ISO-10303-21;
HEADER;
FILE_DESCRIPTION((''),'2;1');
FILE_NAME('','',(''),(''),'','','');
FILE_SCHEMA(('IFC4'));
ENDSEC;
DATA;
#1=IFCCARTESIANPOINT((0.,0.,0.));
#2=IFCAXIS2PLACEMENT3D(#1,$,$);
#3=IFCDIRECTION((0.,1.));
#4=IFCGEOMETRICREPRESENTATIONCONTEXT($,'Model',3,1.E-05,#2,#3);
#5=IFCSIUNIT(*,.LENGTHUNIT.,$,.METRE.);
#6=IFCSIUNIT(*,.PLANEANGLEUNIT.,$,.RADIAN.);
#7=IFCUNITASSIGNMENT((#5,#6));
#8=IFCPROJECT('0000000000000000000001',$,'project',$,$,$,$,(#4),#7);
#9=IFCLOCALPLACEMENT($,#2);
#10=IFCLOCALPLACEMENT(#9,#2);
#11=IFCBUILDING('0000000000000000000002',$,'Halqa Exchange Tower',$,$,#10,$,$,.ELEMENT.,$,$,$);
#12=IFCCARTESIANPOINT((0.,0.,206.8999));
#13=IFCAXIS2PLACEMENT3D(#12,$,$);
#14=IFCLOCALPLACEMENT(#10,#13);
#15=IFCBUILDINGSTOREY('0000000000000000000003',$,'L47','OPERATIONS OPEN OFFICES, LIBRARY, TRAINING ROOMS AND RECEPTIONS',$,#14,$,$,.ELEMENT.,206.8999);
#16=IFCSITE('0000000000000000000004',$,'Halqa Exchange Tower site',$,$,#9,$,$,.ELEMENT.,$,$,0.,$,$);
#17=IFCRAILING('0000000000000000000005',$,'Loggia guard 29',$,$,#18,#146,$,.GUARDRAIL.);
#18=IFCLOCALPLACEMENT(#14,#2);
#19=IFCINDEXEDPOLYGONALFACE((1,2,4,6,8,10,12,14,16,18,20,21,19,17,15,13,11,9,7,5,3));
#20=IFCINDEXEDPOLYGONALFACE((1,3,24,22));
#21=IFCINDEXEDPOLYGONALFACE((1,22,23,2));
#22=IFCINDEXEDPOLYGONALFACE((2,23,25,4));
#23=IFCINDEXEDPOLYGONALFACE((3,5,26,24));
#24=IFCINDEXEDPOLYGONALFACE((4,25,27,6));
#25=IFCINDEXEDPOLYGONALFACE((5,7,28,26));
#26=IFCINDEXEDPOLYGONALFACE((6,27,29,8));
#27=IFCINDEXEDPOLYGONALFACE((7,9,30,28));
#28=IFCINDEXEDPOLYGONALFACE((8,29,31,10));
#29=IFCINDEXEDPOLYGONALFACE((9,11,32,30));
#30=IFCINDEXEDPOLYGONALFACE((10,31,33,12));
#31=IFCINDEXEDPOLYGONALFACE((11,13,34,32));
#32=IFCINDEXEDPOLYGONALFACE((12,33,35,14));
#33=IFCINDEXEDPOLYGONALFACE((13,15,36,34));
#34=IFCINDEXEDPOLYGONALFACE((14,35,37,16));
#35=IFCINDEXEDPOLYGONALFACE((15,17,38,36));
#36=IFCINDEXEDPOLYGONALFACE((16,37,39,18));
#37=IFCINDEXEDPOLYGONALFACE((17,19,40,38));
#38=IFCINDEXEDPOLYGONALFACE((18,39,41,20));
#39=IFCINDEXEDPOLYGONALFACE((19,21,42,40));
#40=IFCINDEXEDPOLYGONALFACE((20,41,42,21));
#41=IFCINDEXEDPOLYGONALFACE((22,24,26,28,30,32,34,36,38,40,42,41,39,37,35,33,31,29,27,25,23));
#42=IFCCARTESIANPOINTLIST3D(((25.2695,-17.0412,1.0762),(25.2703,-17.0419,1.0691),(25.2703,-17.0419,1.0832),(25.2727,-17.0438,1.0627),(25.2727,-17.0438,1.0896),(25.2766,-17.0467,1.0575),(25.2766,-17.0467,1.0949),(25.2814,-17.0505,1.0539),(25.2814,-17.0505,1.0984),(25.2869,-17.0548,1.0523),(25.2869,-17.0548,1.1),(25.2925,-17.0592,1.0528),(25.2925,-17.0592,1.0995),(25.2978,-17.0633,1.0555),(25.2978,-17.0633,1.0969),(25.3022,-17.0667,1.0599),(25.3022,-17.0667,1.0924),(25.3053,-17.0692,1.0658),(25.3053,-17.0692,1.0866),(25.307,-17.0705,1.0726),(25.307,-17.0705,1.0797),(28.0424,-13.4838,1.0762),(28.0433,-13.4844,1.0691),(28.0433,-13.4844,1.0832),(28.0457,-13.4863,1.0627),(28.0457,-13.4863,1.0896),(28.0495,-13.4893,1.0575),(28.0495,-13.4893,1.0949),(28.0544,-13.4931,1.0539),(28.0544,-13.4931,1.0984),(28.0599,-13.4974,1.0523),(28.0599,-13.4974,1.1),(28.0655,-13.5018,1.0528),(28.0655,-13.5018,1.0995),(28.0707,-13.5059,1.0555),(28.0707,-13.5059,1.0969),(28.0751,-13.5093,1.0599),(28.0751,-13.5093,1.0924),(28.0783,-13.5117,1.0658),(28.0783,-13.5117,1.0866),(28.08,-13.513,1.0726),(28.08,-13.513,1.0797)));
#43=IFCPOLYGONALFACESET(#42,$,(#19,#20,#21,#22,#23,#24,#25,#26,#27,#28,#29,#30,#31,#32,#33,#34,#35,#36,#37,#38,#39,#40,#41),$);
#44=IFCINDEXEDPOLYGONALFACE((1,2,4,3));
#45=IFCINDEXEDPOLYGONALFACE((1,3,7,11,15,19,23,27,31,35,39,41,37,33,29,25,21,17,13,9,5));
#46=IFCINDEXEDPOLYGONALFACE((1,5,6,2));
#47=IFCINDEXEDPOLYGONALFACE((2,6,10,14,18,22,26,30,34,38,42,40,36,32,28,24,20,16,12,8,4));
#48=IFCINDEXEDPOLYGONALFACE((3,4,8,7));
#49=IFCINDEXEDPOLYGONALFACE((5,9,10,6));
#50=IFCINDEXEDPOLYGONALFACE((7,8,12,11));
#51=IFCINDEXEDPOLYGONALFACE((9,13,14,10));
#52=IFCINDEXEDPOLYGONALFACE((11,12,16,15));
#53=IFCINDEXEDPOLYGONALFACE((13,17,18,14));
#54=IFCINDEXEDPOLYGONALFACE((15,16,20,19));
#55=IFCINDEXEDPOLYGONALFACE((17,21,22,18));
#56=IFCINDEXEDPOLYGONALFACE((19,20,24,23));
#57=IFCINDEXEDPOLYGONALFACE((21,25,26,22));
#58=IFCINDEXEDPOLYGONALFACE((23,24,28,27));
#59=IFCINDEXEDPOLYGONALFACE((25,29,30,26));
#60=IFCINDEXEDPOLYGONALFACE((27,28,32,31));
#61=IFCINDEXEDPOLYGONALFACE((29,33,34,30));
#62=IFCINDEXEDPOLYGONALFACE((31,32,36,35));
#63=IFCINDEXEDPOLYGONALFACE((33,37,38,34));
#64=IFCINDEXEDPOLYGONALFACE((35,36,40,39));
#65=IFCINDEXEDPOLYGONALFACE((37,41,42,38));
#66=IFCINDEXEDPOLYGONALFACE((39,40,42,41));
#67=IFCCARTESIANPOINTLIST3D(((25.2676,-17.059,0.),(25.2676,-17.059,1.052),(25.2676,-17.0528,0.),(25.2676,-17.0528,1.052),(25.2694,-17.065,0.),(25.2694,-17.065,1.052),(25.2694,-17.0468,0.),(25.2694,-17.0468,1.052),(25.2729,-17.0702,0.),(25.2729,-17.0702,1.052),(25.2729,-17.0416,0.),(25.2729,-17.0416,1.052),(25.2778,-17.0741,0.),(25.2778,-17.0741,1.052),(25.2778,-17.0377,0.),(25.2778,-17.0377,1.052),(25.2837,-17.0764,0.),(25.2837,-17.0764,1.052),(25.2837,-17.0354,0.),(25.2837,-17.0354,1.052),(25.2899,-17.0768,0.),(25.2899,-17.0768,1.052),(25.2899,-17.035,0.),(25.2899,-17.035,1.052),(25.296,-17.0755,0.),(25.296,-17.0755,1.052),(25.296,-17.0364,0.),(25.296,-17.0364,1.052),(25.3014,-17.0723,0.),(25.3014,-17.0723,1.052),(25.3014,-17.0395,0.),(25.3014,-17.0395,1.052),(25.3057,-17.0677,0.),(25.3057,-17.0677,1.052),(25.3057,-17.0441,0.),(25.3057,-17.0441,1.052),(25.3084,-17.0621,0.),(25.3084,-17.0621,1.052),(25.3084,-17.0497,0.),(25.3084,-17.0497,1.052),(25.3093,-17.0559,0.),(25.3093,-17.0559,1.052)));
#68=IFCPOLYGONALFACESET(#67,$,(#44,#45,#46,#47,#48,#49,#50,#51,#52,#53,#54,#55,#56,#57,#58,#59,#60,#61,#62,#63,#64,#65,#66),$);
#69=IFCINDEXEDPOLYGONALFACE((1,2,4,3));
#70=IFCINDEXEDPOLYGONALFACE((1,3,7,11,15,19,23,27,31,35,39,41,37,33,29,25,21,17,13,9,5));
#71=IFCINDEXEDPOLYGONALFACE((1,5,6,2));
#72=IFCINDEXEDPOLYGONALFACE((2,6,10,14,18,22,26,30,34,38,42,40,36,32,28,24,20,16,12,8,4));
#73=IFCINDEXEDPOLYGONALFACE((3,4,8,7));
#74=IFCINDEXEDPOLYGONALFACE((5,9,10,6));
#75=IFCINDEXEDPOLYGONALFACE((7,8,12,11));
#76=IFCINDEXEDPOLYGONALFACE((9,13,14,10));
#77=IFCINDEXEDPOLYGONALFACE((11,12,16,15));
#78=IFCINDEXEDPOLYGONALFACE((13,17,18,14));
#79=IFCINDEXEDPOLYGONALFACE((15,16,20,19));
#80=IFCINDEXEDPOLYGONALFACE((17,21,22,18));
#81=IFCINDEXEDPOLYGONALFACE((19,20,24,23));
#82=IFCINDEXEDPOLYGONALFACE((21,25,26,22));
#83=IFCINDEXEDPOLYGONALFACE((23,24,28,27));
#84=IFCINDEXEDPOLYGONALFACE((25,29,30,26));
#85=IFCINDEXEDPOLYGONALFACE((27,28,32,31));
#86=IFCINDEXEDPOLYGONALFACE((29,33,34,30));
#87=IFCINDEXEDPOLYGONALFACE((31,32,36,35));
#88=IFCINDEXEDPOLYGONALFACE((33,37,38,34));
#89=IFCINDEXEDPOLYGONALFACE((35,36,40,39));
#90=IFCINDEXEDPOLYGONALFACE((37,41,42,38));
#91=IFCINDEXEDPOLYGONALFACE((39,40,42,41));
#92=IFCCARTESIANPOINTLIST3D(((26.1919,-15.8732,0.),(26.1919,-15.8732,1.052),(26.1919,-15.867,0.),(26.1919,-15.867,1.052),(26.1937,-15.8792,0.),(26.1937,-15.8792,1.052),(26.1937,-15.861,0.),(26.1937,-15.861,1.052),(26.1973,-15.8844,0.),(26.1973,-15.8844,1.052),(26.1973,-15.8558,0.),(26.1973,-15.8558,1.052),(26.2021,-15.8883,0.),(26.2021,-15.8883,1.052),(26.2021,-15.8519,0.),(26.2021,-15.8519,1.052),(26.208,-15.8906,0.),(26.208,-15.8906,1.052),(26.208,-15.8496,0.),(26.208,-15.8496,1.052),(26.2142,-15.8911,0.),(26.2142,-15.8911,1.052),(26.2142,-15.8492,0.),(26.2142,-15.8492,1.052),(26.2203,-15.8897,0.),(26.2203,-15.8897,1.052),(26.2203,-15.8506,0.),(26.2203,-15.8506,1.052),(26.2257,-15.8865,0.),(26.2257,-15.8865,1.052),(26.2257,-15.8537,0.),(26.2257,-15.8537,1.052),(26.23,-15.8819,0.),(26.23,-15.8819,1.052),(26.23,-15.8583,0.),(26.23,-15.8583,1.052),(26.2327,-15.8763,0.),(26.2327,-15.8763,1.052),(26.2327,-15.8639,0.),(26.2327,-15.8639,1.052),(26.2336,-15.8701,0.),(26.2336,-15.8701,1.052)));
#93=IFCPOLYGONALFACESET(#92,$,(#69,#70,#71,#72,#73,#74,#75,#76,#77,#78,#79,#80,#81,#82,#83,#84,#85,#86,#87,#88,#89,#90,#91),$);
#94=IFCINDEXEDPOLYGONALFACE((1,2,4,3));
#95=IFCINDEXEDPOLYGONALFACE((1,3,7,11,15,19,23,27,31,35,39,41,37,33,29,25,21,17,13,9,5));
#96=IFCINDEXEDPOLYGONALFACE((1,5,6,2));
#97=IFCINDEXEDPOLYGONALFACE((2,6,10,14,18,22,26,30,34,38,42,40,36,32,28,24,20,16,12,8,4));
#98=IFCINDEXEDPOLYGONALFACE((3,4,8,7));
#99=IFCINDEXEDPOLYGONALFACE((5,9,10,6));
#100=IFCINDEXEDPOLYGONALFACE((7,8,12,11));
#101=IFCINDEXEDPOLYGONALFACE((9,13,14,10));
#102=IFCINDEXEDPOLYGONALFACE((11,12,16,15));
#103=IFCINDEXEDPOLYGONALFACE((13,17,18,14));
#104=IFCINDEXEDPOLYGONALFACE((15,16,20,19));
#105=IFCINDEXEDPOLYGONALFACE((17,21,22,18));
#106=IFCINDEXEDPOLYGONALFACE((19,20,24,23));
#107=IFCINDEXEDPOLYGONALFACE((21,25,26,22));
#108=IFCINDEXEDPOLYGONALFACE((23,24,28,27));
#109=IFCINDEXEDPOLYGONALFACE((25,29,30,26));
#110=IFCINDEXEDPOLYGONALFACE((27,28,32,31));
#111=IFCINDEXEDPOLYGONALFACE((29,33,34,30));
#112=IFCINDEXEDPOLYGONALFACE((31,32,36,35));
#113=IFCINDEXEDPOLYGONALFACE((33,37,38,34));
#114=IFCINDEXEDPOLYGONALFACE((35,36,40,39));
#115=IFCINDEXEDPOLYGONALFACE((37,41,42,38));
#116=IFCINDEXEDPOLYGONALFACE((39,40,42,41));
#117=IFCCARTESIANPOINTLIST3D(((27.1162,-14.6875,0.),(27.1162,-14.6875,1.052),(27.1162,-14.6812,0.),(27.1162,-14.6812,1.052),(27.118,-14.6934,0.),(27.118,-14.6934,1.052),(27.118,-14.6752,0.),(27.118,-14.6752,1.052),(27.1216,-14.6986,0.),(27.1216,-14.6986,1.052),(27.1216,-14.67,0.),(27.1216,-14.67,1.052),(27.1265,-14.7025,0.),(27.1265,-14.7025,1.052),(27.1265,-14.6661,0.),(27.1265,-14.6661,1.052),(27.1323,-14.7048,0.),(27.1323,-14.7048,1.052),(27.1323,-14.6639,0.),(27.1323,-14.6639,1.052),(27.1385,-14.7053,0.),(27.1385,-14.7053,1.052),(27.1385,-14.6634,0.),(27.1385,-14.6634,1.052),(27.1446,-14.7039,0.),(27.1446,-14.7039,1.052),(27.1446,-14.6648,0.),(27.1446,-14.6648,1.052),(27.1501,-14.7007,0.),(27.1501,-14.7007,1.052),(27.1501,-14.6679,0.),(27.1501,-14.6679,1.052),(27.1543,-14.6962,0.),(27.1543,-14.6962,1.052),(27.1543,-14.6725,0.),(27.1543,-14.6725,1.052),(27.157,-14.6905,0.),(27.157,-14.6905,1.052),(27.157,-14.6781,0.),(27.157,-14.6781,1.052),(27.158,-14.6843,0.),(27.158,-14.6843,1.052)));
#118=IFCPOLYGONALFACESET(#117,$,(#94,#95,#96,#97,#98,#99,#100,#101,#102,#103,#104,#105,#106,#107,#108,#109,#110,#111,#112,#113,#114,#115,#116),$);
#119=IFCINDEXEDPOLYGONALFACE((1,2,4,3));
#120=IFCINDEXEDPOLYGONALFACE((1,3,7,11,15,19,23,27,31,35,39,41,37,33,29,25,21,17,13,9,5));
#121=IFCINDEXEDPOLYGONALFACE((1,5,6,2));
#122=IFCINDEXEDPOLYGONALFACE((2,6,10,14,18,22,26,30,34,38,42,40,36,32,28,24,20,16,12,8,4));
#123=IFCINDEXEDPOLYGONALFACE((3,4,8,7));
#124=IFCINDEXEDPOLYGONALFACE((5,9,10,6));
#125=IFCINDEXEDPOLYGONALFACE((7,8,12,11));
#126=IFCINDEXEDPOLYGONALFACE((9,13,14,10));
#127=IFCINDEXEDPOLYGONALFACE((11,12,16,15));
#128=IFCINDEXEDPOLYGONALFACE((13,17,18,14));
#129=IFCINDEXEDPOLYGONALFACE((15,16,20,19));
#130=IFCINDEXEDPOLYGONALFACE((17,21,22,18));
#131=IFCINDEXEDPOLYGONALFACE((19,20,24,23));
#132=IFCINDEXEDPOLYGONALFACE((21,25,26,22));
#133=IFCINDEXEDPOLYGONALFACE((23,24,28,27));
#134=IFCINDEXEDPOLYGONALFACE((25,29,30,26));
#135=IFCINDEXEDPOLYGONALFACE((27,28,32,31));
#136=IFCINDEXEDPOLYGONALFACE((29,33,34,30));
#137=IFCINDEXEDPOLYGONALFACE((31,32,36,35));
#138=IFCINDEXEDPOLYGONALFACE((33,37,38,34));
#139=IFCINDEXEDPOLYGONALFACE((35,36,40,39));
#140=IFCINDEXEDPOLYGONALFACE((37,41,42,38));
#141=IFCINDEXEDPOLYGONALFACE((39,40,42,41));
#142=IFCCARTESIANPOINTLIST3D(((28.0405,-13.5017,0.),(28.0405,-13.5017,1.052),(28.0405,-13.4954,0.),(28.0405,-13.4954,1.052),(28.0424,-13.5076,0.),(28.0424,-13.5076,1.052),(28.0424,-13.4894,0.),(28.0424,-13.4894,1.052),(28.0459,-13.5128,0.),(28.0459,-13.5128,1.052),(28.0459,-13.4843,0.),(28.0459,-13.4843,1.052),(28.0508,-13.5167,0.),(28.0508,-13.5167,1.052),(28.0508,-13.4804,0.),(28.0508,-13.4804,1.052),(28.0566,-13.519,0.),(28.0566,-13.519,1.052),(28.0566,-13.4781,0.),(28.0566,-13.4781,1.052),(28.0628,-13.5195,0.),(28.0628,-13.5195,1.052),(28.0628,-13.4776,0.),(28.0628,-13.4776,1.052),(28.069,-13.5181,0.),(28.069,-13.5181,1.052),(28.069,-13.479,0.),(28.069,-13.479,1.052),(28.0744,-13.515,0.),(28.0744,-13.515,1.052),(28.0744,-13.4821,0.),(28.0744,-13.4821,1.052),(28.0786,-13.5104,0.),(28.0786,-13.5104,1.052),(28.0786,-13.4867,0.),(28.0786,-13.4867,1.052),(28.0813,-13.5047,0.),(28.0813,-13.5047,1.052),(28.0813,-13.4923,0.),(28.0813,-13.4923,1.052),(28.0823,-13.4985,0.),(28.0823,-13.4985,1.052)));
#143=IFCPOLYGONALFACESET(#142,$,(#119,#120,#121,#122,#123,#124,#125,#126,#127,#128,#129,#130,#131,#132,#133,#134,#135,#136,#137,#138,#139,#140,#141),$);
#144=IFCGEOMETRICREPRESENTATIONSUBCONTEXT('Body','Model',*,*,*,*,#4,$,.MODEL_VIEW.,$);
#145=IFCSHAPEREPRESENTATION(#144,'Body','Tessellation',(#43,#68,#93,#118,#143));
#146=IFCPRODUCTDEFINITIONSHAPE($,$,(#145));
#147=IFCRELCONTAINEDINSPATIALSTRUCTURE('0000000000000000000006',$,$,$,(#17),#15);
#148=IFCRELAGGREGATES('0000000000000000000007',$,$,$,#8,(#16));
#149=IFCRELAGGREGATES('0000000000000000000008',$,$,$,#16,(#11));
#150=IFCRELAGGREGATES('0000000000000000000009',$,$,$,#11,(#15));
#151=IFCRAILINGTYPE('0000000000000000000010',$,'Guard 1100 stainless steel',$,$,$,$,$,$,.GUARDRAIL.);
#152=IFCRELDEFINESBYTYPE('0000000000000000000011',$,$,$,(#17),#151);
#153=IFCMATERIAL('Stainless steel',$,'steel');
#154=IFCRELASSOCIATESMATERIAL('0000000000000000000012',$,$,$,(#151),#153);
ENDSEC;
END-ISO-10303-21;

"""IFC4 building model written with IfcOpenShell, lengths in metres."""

from ifc_helpers import new_model, si_unit, direction, frame, origin, origin_2d, place, context, subcontext, project, spatial, circle, extrude, material, type_object, element, save


model = new_model("IFC4")

# Units and contexts
model_context = context("Model", 3, precision=1e-05, world=origin(), true_north=direction((0.0, 1.0)))
body_context = subcontext(model_context, "Body", "Model", "MODEL_VIEW")
ifc_project = project(units=[si_unit("LENGTHUNIT", "METRE"), si_unit("PLANEANGLEUNIT", "RADIAN")], contexts=[model_context])

# Site, building, storey
site_placement = place(None, origin())
site = spatial("IfcSite", under=ifc_project, at=site_placement, Name="Halqa Exchange Tower site", CompositionType="ELEMENT", RefElevation=0.0)
building_placement = place(site_placement, origin())
building = spatial("IfcBuilding", under=site, at=building_placement, Name="Halqa Exchange Tower", CompositionType="ELEMENT")
storey_placement = place(building_placement, frame((0.0, 0.0, 206.8999)))
storey = spatial("IfcBuildingStorey", under=building, at=storey_placement, Name="L47", Description="OPERATIONS OPEN OFFICES, LIBRARY, TRAINING ROOMS AND RECEPTIONS", CompositionType="ELEMENT", Elevation=206.8999)

# Railing
ifc_material_1 = material(Name="Stainless steel", Category="steel")
railing_type = type_object("IfcRailingType", Name="Guard 1100 stainless steel", PredefinedType="GUARDRAIL", material=ifc_material_1)
railing_1_placement = place(storey_placement, frame((25.2883, -17.0559, 0.0)))
element("IfcRailing", 1, at=railing_1_placement, inside=storey, type_object=railing_type, Name="Loggia guard 29", PredefinedType="GUARDRAIL", context=body_context, shape_type="SweptSolid", body=[
    extrude(circle(Radius=0.0239, at=origin_2d()), frame((0.0, 0.0, 1.0762), z_axis=(0.614783, 0.788696, 0.0), x_axis=(-0.788696, 0.614783, 0.0)), (0.0, 0.0, 1.0), 4.5105),
    extrude(circle(Radius=0.021, at=origin_2d()), origin(), (0.0, 0.0, 1.0), 1.052),
    extrude(circle(Radius=0.021, at=origin_2d()), frame((0.9243, 1.1858, 0.0)), (0.0, 0.0, 1.0), 1.052),
    extrude(circle(Radius=0.021, at=origin_2d()), frame((1.8486, 2.3716, 0.0)), (0.0, 0.0, 1.0), 1.052),
    extrude(circle(Radius=0.021, at=origin_2d()), frame((2.7729, 3.5574, 0.0)), (0.0, 0.0, 1.0), 1.052),
])

save(model, "model.ifc")
